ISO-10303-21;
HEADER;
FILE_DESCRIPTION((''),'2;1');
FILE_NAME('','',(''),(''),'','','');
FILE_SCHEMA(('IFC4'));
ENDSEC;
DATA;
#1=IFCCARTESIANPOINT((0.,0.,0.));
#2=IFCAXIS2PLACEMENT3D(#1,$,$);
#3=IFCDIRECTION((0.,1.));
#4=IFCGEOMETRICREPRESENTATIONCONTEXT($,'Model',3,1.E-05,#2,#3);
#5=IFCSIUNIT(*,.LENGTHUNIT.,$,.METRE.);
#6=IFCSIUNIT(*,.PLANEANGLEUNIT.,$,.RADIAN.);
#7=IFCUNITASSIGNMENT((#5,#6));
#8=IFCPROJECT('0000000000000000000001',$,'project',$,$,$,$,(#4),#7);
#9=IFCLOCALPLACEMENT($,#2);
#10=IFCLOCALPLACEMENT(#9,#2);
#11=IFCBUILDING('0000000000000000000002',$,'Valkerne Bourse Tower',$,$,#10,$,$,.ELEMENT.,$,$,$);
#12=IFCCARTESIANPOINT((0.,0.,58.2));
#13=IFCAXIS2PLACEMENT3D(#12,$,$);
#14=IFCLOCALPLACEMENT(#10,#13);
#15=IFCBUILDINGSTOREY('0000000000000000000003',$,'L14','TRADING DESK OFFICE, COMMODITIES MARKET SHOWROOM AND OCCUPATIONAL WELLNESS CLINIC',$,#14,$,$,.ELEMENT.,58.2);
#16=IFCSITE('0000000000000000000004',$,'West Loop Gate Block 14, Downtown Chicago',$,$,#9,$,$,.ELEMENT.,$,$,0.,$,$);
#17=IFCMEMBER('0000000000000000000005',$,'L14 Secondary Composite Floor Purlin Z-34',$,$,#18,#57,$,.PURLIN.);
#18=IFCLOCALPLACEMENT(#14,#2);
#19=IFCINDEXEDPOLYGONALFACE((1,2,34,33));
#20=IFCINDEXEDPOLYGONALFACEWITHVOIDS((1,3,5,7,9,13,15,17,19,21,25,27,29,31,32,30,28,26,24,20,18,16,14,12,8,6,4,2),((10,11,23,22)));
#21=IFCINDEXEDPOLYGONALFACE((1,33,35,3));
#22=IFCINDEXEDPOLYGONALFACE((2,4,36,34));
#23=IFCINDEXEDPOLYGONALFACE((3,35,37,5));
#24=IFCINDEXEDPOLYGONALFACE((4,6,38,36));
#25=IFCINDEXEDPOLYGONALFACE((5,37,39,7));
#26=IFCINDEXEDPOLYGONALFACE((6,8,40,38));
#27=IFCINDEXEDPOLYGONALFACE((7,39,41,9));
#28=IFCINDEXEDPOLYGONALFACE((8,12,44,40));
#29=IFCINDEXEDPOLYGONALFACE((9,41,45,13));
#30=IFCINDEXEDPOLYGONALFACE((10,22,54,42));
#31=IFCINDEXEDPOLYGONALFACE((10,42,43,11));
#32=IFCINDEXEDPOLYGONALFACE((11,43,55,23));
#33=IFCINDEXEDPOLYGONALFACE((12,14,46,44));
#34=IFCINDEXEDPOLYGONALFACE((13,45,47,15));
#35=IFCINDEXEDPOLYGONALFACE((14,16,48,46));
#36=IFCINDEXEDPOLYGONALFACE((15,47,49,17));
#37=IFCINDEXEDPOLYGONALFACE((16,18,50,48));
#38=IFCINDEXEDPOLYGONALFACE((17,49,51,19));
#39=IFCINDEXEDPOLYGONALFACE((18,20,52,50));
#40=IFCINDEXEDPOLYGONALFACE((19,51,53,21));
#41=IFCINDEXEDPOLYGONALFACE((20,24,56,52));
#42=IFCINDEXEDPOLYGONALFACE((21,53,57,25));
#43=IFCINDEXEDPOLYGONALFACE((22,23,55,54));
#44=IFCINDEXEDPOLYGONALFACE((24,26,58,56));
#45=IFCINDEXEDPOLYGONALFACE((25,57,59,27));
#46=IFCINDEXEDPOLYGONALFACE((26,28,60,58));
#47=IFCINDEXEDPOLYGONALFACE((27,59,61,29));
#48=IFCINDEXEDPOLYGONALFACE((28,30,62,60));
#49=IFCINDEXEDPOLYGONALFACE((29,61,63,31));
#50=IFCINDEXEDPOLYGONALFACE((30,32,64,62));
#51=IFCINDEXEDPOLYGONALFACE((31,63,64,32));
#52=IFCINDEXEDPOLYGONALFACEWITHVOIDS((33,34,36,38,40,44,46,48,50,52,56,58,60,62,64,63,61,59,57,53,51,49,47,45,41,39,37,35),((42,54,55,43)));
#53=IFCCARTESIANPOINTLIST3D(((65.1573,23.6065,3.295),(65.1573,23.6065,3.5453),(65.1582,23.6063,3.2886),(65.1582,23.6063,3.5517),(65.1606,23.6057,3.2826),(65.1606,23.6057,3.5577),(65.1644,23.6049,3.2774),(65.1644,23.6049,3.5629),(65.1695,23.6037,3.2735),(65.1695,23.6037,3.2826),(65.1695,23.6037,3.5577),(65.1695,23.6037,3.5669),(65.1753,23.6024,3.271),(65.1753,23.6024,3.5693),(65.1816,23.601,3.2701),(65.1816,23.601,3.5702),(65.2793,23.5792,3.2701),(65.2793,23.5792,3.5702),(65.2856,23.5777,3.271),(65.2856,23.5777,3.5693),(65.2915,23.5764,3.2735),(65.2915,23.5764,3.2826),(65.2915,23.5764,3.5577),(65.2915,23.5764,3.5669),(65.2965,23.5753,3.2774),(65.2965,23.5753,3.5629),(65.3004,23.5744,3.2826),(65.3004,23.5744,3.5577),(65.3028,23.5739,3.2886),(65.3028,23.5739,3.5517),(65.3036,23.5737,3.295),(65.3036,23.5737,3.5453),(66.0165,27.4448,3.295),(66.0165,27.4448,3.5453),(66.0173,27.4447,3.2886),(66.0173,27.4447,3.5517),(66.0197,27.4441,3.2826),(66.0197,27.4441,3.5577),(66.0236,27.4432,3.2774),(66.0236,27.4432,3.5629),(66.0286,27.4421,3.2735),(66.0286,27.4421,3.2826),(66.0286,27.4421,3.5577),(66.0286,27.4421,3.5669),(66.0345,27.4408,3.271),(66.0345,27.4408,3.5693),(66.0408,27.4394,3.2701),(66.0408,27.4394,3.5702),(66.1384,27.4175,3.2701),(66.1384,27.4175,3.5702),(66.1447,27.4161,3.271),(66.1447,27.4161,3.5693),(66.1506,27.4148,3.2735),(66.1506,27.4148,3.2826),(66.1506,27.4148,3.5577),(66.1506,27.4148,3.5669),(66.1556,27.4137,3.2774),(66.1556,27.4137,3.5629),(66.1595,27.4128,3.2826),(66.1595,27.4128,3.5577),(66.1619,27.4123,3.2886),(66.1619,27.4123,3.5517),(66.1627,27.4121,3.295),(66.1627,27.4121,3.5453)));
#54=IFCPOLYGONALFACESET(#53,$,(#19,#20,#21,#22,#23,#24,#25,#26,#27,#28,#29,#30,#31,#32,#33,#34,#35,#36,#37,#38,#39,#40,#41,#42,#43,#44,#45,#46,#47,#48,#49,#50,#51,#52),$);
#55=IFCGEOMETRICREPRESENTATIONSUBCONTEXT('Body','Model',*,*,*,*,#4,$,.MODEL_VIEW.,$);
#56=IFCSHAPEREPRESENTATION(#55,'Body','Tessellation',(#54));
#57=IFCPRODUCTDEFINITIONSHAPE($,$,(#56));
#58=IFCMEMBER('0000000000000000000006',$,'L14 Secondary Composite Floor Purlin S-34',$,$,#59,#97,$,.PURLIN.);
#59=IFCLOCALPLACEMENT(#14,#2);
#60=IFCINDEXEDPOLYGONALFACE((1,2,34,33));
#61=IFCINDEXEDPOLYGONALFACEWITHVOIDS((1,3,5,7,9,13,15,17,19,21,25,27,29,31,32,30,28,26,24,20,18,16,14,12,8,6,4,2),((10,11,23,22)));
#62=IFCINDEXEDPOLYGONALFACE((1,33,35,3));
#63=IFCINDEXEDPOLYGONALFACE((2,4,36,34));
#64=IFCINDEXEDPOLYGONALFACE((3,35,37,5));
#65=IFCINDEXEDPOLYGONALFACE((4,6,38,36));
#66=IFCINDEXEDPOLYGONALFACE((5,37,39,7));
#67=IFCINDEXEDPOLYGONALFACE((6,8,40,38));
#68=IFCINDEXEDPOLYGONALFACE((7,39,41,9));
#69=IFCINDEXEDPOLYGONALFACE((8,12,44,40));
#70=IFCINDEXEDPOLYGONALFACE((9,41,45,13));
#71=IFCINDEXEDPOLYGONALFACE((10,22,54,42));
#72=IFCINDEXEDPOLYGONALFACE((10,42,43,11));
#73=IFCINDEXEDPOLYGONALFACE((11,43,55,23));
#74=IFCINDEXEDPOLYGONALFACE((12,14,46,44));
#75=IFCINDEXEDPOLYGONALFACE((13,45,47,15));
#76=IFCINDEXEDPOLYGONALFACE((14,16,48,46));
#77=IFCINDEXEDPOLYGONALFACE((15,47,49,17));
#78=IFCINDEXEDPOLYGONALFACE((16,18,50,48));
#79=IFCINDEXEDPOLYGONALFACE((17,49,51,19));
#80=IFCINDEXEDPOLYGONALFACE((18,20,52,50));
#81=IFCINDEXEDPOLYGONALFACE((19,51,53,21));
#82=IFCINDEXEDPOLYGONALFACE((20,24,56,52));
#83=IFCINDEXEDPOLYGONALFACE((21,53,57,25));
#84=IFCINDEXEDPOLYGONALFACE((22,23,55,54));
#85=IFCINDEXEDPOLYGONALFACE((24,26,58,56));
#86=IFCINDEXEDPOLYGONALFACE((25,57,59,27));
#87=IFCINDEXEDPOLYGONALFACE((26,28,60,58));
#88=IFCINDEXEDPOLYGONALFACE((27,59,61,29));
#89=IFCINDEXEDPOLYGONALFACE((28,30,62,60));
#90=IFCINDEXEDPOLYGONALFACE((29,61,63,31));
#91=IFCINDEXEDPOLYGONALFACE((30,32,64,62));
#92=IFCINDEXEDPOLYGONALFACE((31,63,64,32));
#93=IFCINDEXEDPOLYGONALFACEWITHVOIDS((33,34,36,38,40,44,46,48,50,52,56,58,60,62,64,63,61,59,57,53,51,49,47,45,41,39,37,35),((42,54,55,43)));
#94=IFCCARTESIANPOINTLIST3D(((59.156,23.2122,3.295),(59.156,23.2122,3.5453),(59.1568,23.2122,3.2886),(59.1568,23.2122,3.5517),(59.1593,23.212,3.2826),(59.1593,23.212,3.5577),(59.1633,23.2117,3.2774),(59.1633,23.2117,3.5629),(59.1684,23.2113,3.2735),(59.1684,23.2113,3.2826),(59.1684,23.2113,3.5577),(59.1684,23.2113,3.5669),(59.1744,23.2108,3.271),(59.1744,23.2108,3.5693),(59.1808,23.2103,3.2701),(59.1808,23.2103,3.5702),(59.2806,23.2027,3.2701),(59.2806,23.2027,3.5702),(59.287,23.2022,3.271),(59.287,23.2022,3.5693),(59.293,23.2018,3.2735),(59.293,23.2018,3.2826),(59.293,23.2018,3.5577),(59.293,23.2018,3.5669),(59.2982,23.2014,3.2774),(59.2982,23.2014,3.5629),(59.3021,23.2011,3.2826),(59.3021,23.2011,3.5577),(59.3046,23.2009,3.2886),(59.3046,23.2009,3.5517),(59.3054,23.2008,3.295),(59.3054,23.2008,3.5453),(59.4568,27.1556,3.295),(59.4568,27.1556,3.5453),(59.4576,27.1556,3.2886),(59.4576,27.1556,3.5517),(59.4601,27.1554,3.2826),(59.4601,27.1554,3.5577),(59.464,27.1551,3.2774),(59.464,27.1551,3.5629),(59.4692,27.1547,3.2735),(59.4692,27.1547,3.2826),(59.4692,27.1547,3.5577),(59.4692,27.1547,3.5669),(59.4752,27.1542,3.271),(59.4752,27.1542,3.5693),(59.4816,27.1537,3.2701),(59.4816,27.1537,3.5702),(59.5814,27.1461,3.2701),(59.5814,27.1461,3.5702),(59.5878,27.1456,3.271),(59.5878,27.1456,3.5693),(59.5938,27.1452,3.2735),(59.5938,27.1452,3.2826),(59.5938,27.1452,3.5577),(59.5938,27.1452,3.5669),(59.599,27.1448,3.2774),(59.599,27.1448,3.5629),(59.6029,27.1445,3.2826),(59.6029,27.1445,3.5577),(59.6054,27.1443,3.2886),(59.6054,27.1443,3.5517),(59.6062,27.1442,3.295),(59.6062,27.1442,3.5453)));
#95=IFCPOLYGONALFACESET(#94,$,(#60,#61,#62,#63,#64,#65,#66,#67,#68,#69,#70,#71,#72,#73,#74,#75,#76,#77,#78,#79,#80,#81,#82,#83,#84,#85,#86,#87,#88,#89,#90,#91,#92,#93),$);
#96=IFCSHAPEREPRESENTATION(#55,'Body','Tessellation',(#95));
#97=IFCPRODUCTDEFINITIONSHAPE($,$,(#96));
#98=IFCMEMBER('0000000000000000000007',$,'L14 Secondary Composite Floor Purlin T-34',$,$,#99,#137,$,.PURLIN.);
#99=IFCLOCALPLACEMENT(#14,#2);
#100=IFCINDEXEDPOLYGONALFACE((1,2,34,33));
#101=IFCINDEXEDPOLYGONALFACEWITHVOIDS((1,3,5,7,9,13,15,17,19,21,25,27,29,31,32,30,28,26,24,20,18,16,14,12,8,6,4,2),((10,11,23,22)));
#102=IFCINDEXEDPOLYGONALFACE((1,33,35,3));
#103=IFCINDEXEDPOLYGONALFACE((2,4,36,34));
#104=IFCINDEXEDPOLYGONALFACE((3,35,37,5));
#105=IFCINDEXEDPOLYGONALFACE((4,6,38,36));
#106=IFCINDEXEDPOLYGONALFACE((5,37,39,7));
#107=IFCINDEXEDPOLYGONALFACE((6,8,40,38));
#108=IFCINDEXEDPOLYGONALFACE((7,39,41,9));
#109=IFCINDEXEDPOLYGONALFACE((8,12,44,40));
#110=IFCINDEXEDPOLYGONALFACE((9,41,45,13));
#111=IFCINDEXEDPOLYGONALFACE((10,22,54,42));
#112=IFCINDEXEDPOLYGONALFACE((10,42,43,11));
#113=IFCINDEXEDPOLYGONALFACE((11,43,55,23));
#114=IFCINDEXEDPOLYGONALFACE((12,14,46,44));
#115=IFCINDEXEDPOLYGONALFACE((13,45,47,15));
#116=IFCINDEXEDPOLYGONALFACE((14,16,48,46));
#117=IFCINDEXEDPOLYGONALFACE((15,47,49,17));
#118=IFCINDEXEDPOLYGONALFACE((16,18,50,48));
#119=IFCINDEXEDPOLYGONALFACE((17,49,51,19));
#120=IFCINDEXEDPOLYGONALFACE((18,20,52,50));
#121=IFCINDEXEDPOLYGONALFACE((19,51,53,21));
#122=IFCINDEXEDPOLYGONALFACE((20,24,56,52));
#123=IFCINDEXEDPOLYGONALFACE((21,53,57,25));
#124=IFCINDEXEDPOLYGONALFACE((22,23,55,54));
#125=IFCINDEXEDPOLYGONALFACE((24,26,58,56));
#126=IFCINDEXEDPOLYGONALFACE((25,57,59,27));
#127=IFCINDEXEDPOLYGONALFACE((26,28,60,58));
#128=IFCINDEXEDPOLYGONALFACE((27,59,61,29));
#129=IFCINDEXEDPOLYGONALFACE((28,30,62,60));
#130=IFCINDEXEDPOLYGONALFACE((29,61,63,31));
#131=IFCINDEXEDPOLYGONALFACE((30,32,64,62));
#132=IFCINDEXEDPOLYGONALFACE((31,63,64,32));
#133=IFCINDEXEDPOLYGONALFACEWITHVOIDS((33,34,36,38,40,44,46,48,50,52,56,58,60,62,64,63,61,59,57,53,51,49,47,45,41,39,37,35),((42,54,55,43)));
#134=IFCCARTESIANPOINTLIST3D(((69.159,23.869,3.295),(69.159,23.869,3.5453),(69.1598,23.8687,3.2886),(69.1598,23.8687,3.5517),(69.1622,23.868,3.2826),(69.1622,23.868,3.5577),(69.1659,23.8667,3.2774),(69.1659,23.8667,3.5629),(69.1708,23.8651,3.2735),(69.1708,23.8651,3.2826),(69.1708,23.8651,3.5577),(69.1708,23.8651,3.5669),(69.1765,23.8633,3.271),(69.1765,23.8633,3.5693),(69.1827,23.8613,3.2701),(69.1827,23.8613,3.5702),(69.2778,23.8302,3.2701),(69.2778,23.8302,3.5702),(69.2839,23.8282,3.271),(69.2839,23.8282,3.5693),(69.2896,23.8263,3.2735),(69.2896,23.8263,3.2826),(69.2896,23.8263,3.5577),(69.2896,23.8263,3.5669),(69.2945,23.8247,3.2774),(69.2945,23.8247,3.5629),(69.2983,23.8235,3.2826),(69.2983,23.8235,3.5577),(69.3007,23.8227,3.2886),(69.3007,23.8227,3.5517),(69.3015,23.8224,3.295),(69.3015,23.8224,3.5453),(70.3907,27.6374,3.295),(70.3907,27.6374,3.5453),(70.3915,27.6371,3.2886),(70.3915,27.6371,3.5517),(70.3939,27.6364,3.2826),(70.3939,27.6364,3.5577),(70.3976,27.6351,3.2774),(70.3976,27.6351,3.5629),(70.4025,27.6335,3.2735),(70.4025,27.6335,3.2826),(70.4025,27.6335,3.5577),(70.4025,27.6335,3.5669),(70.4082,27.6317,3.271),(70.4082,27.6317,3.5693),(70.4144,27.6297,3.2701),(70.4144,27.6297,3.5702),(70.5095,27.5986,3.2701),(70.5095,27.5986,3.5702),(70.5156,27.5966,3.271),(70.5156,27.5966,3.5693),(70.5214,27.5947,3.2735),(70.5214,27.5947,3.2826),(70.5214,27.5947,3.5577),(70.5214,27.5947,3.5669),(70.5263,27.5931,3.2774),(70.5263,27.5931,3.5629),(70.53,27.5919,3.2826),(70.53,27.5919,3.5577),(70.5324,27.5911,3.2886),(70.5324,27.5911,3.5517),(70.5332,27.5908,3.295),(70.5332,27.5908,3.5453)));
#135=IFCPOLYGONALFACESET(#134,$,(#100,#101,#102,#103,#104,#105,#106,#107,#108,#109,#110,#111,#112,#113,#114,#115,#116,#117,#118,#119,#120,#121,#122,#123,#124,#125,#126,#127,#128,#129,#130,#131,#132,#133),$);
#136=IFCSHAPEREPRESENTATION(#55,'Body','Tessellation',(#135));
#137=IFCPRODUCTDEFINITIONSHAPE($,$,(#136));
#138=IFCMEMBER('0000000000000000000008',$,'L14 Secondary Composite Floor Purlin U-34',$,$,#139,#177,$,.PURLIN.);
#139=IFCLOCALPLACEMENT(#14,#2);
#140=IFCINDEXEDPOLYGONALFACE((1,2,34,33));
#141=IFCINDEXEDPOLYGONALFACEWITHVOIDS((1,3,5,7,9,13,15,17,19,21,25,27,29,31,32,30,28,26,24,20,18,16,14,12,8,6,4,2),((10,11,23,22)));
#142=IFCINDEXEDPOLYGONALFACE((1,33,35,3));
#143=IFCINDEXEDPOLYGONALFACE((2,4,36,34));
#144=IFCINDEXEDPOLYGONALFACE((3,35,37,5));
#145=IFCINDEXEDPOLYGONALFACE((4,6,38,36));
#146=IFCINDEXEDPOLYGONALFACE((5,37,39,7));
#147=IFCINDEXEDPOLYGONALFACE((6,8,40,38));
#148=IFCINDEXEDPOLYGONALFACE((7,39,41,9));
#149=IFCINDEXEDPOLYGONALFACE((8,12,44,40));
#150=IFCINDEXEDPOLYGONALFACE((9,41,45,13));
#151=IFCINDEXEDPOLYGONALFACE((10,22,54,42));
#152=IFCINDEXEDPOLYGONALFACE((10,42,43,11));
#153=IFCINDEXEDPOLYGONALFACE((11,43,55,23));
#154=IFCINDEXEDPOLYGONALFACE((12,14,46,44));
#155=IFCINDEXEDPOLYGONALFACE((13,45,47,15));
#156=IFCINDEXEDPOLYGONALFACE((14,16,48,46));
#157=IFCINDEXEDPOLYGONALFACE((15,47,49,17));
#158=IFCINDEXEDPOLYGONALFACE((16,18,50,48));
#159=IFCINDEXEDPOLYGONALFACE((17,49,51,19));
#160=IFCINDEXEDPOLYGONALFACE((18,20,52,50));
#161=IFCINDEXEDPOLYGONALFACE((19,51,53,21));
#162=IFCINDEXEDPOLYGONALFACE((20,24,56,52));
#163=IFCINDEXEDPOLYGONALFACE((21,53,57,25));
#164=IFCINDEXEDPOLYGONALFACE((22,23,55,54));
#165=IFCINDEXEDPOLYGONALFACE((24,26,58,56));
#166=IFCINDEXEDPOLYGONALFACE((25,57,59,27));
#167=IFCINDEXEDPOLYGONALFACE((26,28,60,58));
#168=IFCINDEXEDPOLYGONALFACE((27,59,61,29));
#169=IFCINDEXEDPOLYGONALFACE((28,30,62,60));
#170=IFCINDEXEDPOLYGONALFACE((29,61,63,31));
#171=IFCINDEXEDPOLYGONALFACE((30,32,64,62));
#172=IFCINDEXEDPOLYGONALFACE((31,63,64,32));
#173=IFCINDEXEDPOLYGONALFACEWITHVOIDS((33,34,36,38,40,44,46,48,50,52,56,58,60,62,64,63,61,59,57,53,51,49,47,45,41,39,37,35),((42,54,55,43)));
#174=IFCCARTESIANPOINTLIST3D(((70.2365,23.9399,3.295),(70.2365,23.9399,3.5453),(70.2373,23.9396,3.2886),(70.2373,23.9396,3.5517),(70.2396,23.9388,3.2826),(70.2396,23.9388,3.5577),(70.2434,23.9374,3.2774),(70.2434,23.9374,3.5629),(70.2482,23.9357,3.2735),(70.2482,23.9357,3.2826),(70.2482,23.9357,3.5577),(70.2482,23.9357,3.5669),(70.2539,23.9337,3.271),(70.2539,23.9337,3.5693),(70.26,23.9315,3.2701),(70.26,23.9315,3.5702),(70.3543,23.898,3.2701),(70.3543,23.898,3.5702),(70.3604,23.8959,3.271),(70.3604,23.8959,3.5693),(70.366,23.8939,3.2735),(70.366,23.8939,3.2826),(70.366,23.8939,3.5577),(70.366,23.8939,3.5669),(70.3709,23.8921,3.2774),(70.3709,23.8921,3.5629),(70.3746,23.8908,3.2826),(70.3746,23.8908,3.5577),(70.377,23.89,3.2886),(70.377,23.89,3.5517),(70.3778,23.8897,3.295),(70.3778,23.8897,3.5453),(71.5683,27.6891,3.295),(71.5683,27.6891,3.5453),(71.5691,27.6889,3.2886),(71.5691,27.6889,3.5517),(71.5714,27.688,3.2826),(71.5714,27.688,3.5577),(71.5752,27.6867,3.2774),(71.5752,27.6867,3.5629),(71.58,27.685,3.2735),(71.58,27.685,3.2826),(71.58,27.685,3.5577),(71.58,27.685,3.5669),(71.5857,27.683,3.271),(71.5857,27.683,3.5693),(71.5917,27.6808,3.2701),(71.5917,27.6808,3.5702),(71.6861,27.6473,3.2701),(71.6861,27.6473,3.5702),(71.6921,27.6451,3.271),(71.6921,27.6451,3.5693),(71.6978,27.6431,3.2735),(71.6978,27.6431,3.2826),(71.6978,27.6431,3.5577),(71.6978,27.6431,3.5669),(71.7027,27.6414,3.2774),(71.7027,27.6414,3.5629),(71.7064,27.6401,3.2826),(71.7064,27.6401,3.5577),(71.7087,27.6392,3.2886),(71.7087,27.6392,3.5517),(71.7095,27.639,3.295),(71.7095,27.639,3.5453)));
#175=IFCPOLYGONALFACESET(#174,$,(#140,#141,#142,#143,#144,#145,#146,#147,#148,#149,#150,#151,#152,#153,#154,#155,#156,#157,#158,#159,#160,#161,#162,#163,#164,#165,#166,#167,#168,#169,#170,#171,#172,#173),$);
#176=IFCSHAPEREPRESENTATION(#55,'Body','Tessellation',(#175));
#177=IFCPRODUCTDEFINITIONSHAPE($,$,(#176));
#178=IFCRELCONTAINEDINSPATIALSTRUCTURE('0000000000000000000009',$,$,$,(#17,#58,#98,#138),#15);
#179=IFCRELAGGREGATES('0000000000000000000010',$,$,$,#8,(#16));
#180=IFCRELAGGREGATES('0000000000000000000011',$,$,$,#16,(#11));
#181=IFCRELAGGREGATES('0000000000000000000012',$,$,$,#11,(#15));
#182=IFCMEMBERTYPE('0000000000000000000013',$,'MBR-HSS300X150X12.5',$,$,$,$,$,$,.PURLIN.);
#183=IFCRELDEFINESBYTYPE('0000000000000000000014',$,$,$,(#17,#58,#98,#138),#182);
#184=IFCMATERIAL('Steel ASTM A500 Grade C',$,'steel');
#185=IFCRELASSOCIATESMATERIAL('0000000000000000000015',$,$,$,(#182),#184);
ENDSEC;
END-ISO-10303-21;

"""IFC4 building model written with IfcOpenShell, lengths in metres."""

from ifc_helpers import new_model, si_unit, direction, frame, origin, origin_2d, place, context, subcontext, project, spatial, hollow_rectangle, extrude, material, material_profile, profile_set, type_object, element, save


model = new_model("IFC4")

# Units and contexts
model_context = context("Model", 3, precision=1e-05, world=origin(), true_north=direction((0.0, 1.0)))
body_context = subcontext(model_context, "Body", "Model", "MODEL_VIEW")
ifc_project = project(units=[si_unit("LENGTHUNIT", "METRE"), si_unit("PLANEANGLEUNIT", "RADIAN")], contexts=[model_context])

# Site, building, storey
site_placement = place(None, origin())
site = spatial("IfcSite", under=ifc_project, at=site_placement, Name="West Loop Gate Block 14, Downtown Chicago", CompositionType="ELEMENT", RefElevation=0.0)
building_placement = place(site_placement, origin())
building = spatial("IfcBuilding", under=site, at=building_placement, Name="Valkerne Bourse Tower", CompositionType="ELEMENT")
storey_placement = place(building_placement, frame((0.0, 0.0, 58.2)))
storey = spatial("IfcBuildingStorey", under=building, at=storey_placement, Name="L14", Description="TRADING DESK OFFICE, COMMODITIES MARKET SHOWROOM AND OCCUPATIONAL WELLNESS CLINIC", CompositionType="ELEMENT", Elevation=58.2)

# Members
ifc_material_1 = material(Name="Steel ASTM A500 Grade C", Category="steel")
ifc_material_profile_1 = material_profile(ifc_material_1, hollow_rectangle(XDim=0.1499, YDim=0.3, WallThickness=0.0125, OuterFilletRadius=0.0249, at=origin_2d()), Name="HSS300X150X12.5")
ifc_profile_set_1 = profile_set([ifc_material_profile_1], Name="Steel ASTM A500 Grade C")
member_type_1 = type_object("IfcMemberType", Name="MBR-HSS300X150X12.5", PredefinedType="PURLIN", material=ifc_profile_set_1)
member_1_placement = place(storey_placement, frame((65.2305, 23.5901, 3.4202), z_axis=(0.218422, 0.975854, 0.0), x_axis=(-0.975854, 0.218422, 0.0)))
element("IfcMember", 1, at=member_1_placement, inside=storey, type_object=member_type_1, Name="L14 Secondary Composite Floor Purlin Z-34", PredefinedType="PURLIN", context=body_context, shape_type="SweptSolid", body=[
    extrude(hollow_rectangle(XDim=0.1499, YDim=0.3, WallThickness=0.0125, OuterFilletRadius=0.0249, at=origin_2d()), origin(), (0.0, 0.0, 1.0), 3.9333),
])
member_2_placement = place(storey_placement, frame((59.2307, 23.2065, 3.4202), z_axis=(0.076054, 0.997104, 0.0), x_axis=(-0.997104, 0.076054, 0.0)))
element("IfcMember", 2, at=member_2_placement, inside=storey, type_object=member_type_1, Name="L14 Secondary Composite Floor Purlin S-34", PredefinedType="PURLIN", context=body_context, shape_type="SweptSolid", body=[
    extrude(hollow_rectangle(XDim=0.1499, YDim=0.3, WallThickness=0.0125, OuterFilletRadius=0.0249, at=origin_2d()), origin(), (0.0, 0.0, 1.0), 3.9548),
])
member_3_placement = place(storey_placement, frame((69.2302, 23.8457, 3.4202), z_axis=(0.31068, 0.950515, 0.0), x_axis=(-0.950515, 0.31068, 0.0)))
element("IfcMember", 3, at=member_3_placement, inside=storey, type_object=member_type_1, Name="L14 Secondary Composite Floor Purlin T-34", PredefinedType="PURLIN", context=body_context, shape_type="SweptSolid", body=[
    extrude(hollow_rectangle(XDim=0.1499, YDim=0.3, WallThickness=0.0125, OuterFilletRadius=0.0249, at=origin_2d()), origin(), (0.0, 0.0, 1.0), 3.9646),
])
member_4_placement = place(storey_placement, frame((70.3071, 23.9148, 3.4202), z_axis=(0.334723, 0.942317, 0.0), x_axis=(-0.942317, 0.334723, 0.0)))
element("IfcMember", 4, at=member_4_placement, inside=storey, type_object=member_type_1, Name="L14 Secondary Composite Floor Purlin U-34", PredefinedType="PURLIN", context=body_context, shape_type="SweptSolid", body=[
    extrude(hollow_rectangle(XDim=0.1499, YDim=0.3, WallThickness=0.0125, OuterFilletRadius=0.0249, at=origin_2d()), origin(), (0.0, 0.0, 1.0), 3.9788),
])

save(model, "model.ifc")
